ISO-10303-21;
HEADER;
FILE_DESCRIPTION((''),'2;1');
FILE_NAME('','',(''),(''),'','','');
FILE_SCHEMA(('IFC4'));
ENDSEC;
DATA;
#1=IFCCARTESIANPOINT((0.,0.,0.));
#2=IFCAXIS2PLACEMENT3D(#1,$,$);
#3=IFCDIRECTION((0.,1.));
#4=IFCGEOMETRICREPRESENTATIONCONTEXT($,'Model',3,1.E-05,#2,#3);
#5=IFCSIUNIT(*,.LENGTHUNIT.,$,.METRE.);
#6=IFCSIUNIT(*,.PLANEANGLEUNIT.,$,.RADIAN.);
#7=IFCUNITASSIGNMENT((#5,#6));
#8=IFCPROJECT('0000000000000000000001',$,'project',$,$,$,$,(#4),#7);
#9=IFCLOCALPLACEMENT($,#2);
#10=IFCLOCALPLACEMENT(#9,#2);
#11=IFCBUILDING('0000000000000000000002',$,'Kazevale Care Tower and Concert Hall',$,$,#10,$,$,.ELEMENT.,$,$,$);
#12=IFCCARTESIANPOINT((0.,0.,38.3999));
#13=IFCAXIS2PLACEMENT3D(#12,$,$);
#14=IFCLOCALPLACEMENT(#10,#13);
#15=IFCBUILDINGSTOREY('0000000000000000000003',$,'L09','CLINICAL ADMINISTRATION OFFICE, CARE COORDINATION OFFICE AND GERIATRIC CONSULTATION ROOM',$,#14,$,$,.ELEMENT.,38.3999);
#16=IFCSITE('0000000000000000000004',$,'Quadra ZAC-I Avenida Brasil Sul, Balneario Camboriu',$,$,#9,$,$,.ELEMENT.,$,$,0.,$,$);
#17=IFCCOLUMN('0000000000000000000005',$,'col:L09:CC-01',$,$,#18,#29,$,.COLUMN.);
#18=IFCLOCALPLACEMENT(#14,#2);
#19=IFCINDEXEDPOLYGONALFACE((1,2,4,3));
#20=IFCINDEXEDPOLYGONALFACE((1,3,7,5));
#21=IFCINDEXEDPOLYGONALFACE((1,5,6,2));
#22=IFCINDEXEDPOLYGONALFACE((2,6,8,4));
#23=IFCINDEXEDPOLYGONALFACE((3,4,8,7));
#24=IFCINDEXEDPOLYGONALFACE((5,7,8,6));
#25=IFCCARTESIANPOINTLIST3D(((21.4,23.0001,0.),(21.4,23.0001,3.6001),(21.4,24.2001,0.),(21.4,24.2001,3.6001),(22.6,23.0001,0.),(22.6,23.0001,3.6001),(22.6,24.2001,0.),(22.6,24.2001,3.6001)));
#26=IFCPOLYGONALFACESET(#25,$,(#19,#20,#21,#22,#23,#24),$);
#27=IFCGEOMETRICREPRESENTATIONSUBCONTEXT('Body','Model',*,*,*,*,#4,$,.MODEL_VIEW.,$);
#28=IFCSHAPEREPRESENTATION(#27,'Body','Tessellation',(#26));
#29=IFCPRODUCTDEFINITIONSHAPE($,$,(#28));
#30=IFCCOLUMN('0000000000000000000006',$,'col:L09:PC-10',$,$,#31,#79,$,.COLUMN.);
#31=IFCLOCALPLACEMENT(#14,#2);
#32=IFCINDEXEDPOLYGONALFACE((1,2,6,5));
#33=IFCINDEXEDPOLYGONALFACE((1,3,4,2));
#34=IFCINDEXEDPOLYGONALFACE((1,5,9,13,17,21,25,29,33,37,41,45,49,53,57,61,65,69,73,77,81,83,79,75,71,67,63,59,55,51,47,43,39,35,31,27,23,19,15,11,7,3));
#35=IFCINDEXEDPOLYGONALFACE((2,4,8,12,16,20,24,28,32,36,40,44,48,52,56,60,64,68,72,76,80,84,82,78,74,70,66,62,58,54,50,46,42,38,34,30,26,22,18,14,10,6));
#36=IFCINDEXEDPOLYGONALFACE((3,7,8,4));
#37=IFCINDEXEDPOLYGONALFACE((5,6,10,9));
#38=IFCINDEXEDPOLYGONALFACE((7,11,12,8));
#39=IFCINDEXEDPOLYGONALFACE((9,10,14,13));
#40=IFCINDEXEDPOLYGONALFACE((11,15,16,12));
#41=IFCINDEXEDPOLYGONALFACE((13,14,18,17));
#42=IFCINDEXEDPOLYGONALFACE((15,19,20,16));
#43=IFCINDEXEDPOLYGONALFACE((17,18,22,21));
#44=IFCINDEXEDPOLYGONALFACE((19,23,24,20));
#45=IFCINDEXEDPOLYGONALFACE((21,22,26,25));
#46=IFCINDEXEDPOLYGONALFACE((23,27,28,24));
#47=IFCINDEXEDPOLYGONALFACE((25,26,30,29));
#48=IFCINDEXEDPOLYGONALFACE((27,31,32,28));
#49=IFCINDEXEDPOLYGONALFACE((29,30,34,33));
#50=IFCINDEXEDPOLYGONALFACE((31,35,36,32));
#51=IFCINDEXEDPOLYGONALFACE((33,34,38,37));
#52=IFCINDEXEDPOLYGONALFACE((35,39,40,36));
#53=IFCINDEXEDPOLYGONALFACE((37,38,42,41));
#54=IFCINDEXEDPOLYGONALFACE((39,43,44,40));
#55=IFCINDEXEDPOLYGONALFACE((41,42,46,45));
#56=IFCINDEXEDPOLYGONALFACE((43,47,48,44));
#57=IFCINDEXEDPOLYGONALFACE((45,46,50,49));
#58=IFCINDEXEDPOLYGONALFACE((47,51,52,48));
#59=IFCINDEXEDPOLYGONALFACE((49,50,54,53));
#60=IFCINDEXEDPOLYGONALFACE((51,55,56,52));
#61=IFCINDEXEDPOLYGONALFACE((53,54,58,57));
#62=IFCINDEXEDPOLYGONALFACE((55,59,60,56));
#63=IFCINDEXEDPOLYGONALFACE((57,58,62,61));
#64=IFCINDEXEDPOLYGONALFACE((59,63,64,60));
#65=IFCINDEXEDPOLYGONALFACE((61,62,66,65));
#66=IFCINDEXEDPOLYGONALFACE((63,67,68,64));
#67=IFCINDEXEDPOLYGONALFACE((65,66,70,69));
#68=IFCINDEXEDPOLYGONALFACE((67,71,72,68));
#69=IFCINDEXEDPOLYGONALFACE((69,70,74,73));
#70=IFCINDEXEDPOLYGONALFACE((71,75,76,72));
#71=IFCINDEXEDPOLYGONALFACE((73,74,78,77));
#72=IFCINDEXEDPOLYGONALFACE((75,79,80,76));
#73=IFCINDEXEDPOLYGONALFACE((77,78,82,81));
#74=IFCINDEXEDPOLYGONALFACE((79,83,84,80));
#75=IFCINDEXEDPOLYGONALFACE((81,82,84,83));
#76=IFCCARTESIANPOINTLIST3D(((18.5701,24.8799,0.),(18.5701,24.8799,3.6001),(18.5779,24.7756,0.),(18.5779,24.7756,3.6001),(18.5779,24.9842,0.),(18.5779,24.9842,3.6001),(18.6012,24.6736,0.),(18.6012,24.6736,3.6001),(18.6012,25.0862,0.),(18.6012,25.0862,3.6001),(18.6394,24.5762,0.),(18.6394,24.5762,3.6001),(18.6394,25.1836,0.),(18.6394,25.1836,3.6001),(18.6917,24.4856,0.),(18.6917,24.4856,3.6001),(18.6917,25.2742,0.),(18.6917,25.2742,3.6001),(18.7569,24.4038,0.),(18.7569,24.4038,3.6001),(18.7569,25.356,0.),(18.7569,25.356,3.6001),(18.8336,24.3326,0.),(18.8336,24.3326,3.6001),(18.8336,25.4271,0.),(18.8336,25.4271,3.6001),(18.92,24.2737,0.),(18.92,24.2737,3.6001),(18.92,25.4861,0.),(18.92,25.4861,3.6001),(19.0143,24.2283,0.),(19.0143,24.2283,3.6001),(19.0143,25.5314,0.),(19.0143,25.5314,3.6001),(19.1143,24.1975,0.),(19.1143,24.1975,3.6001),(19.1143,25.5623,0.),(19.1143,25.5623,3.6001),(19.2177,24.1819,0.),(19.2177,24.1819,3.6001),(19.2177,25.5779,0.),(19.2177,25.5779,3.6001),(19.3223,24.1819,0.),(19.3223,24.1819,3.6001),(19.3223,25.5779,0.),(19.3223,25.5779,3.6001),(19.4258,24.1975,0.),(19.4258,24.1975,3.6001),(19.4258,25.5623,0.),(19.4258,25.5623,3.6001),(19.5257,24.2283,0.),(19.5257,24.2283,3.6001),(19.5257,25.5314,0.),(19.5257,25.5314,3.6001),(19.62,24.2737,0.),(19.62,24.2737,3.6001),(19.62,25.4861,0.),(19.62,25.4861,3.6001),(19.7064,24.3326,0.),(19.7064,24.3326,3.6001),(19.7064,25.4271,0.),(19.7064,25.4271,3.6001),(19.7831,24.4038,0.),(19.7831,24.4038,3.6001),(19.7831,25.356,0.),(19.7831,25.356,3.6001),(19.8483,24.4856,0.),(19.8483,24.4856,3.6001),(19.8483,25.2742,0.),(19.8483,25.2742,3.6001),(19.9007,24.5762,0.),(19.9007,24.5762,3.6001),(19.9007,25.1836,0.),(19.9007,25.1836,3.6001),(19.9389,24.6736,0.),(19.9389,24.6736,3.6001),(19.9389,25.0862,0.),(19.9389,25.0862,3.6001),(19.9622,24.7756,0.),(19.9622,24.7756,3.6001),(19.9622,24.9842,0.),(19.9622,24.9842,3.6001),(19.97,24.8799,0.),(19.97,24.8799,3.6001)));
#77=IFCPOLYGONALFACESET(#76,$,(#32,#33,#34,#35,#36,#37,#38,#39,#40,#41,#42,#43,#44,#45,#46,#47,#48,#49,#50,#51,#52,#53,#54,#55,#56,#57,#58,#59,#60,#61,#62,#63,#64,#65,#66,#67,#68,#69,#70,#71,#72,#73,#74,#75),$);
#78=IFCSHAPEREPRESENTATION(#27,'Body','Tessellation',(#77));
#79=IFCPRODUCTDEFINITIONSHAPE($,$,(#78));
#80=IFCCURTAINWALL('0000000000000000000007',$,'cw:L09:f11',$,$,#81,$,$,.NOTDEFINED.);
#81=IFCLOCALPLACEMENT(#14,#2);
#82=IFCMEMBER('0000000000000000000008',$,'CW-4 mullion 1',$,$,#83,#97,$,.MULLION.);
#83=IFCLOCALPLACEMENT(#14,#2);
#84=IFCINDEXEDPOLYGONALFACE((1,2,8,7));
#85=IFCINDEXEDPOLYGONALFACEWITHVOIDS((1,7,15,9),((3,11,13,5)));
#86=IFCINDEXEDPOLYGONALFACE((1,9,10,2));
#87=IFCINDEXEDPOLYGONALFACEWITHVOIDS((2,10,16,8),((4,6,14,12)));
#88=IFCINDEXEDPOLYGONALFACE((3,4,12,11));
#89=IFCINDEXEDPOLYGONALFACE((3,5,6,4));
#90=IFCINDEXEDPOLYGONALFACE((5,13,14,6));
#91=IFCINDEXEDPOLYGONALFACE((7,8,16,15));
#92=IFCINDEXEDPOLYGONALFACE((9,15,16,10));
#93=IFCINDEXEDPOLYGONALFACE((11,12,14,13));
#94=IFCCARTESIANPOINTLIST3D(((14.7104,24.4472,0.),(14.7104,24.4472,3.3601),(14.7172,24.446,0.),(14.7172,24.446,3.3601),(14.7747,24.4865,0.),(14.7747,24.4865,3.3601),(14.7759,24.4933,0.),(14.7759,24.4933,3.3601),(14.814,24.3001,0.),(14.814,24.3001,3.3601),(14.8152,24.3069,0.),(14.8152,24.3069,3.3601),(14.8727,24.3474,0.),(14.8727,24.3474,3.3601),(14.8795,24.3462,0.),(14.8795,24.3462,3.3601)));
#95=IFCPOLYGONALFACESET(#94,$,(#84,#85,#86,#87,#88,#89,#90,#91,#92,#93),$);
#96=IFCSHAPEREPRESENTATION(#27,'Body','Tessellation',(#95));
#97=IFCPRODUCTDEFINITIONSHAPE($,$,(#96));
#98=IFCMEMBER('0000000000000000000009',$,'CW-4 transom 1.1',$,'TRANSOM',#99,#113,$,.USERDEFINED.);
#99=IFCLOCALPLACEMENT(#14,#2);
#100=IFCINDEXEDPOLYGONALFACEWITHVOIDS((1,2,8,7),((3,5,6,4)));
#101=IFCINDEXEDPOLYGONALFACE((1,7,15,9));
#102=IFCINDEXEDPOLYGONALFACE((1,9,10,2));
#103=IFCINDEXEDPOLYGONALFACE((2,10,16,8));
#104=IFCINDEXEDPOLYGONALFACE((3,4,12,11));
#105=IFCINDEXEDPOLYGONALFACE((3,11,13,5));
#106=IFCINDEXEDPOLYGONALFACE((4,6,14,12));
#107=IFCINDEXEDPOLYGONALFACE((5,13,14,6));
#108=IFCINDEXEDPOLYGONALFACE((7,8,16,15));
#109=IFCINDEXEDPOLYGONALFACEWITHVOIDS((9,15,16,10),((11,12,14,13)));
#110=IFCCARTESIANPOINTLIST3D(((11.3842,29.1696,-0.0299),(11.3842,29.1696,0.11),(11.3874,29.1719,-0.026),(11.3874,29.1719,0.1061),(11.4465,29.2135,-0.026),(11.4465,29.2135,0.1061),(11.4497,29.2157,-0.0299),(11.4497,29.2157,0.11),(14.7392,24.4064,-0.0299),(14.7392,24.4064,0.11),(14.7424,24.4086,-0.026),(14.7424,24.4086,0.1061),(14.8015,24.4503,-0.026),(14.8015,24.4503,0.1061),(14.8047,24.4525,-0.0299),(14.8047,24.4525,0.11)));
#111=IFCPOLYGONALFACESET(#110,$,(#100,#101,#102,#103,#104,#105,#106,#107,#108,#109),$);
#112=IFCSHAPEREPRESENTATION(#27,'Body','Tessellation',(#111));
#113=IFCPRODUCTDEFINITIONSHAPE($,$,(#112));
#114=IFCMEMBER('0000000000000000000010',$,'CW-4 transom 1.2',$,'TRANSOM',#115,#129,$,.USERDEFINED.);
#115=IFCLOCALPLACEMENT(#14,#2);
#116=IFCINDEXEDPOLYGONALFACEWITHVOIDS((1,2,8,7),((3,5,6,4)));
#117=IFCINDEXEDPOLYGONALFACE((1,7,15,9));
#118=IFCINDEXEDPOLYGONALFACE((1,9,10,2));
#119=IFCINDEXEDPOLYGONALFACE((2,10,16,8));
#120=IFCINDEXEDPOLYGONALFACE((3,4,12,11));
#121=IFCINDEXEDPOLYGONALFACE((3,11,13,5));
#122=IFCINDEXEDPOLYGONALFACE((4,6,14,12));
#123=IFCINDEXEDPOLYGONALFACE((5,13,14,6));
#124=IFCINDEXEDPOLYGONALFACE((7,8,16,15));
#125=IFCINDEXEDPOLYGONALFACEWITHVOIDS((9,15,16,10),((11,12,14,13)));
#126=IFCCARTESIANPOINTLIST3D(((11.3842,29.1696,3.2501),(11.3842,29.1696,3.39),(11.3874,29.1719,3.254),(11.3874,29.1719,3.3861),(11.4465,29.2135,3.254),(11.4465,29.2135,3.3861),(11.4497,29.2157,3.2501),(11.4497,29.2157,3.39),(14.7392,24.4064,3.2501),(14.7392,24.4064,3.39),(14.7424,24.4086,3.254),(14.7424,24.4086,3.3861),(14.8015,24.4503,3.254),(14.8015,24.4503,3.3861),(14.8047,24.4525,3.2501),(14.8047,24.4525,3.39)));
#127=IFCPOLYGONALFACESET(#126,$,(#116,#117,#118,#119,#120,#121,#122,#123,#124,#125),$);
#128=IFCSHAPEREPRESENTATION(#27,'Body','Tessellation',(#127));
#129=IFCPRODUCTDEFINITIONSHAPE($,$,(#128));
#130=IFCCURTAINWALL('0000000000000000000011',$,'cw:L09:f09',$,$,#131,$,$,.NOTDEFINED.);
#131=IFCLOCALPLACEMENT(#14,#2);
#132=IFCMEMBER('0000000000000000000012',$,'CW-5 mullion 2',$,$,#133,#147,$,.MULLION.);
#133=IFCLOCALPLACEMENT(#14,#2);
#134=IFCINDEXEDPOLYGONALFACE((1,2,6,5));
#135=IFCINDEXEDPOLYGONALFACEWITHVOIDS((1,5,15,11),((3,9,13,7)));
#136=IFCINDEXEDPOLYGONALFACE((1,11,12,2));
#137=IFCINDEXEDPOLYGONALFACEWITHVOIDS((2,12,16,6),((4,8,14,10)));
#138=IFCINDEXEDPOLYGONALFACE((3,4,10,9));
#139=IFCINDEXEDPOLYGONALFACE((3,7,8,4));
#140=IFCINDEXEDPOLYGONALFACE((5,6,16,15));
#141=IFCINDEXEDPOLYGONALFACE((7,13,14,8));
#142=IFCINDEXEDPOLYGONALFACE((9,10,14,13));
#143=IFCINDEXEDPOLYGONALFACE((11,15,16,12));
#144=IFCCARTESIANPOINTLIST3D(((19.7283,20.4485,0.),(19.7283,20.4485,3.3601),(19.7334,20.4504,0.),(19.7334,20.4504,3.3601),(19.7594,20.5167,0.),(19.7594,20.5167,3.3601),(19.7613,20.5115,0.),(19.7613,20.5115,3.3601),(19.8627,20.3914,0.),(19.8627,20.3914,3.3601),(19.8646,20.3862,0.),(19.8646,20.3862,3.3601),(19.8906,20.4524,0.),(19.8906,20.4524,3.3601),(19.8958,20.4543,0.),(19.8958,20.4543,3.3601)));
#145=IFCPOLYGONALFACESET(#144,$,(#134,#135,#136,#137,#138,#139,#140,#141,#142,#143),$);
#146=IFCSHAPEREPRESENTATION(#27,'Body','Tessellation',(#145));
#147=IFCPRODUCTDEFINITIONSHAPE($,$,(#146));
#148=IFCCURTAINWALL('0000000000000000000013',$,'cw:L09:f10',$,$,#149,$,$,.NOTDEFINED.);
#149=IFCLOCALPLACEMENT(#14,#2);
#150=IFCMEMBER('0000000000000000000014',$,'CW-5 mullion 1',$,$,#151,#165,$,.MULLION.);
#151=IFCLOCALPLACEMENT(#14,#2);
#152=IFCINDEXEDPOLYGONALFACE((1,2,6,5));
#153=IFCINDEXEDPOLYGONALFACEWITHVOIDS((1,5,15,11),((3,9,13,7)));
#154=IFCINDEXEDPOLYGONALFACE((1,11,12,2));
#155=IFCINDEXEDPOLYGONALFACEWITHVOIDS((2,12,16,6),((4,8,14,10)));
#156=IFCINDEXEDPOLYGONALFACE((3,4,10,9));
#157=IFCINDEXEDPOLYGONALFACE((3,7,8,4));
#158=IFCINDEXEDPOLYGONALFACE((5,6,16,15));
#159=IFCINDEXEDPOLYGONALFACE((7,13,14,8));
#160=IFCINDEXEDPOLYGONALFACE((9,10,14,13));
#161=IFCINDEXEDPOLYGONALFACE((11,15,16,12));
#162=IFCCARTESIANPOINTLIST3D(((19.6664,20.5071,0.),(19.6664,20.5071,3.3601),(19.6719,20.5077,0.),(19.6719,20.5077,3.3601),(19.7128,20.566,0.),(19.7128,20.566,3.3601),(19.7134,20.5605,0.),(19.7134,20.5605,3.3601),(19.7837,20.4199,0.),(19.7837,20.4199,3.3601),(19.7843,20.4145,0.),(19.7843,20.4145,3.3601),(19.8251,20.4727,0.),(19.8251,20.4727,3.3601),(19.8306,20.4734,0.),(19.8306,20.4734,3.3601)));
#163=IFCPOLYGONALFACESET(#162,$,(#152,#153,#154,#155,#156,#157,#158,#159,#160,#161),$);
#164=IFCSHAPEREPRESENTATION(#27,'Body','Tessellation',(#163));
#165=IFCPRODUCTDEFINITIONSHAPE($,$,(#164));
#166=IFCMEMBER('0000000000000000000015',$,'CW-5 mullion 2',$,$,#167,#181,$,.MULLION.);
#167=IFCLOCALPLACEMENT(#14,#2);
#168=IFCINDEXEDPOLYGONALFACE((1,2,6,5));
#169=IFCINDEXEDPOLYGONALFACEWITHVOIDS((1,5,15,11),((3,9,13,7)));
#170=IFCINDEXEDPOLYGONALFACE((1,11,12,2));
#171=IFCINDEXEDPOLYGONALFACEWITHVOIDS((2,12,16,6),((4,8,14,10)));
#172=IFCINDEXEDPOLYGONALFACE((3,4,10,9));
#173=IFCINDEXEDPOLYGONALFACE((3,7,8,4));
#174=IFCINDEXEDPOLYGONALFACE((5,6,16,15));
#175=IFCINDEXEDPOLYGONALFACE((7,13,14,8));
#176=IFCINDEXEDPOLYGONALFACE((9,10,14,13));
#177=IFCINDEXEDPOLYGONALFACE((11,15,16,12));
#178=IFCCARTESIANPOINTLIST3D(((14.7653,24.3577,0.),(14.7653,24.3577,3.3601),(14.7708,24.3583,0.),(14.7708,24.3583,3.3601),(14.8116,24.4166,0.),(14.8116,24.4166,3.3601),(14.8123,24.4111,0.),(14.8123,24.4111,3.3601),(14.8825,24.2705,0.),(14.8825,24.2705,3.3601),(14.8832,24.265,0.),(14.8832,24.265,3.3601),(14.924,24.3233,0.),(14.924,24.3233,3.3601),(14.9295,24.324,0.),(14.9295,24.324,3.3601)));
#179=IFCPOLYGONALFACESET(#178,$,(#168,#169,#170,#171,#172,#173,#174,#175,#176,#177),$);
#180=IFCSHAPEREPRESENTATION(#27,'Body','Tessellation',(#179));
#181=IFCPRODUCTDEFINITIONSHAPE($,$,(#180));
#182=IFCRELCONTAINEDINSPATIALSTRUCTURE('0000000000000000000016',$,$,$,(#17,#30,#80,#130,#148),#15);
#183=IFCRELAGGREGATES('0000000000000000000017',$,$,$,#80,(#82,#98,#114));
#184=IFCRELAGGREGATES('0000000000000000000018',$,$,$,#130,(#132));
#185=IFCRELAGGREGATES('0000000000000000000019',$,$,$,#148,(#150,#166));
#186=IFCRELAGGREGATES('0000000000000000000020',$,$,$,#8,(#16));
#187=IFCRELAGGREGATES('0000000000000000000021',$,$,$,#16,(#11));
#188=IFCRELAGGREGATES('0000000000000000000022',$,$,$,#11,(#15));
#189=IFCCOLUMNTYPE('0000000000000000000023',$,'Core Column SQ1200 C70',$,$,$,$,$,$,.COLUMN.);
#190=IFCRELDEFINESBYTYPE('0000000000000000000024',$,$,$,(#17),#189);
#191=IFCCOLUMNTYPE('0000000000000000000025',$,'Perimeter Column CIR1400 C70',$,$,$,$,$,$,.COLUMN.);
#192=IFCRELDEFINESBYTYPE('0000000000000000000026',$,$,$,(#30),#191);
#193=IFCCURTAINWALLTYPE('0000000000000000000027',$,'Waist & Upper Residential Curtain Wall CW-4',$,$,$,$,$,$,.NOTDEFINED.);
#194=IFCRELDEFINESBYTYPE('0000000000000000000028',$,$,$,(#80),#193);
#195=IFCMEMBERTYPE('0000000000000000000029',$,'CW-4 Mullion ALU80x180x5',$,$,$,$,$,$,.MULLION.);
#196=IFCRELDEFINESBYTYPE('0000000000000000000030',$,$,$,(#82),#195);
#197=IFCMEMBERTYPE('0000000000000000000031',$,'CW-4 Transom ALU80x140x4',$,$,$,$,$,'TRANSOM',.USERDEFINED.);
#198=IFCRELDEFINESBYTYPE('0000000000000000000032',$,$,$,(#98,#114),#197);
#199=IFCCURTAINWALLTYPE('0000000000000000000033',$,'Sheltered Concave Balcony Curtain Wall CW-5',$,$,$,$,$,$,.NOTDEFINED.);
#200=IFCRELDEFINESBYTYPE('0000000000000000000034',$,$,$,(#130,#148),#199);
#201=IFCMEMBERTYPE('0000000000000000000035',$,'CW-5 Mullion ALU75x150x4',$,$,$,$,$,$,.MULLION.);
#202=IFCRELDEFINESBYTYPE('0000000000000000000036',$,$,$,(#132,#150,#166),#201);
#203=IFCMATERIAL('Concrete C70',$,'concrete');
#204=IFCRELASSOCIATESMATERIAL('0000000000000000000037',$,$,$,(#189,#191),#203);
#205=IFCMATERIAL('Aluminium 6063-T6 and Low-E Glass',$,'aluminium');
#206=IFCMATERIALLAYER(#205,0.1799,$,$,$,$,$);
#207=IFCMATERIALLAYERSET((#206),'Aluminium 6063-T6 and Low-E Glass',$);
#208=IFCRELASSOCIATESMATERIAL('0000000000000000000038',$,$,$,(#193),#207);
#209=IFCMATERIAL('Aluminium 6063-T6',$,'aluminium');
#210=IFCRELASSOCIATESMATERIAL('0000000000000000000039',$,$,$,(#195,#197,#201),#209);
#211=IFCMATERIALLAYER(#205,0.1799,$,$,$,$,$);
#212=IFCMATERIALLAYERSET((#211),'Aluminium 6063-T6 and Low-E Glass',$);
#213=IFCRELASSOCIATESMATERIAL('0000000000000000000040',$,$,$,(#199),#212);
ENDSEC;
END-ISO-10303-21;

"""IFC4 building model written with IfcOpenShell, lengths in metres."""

from ifc_helpers import new_model, si_unit, direction, frame, origin, origin_2d, place, context, subcontext, project, spatial, rectangle, hollow_rectangle, circle, extrude, material, layer, layer_set, material_profile, profile_set, type_object, element, aggregate, save


model = new_model("IFC4")

# Units and contexts
model_context = context("Model", 3, precision=1e-05, world=origin(), true_north=direction((0.0, 1.0)))
body_context = subcontext(model_context, "Body", "Model", "MODEL_VIEW")
ifc_project = project(units=[si_unit("LENGTHUNIT", "METRE"), si_unit("PLANEANGLEUNIT", "RADIAN")], contexts=[model_context])

# Site, building, storey
site_placement = place(None, origin())
site = spatial("IfcSite", under=ifc_project, at=site_placement, Name="Quadra ZAC-I Avenida Brasil Sul, Balneario Camboriu", CompositionType="ELEMENT", RefElevation=0.0)
building_placement = place(site_placement, origin())
building = spatial("IfcBuilding", under=site, at=building_placement, Name="Kazevale Care Tower and Concert Hall", CompositionType="ELEMENT")
storey_placement = place(building_placement, frame((0.0, 0.0, 38.3999)))
storey = spatial("IfcBuildingStorey", under=building, at=storey_placement, Name="L09", Description="CLINICAL ADMINISTRATION OFFICE, CARE COORDINATION OFFICE AND GERIATRIC CONSULTATION ROOM", CompositionType="ELEMENT", Elevation=38.3999)

# Columns
ifc_material_1 = material(Name="Concrete C70", Category="concrete")
ifc_material_profile_1 = material_profile(ifc_material_1, rectangle(XDim=1.2, YDim=1.2, at=origin_2d()), Name="RC-SQ1200")
ifc_profile_set_1 = profile_set([ifc_material_profile_1], Name="Concrete C70")
column_type_1 = type_object("IfcColumnType", Name="Core Column SQ1200 C70", PredefinedType="COLUMN", material=ifc_profile_set_1)
column_1_placement = place(storey_placement, frame((22.0, 23.6001, 0.0), z_axis=(0.0, 0.0, 1.0), x_axis=(1.0, 0.0, 0.0)))
element("IfcColumn", 1, at=column_1_placement, inside=storey, type_object=column_type_1, Name="col:L09:CC-01", PredefinedType="COLUMN", context=body_context, shape_type="SweptSolid", body=[
    extrude(rectangle(XDim=1.2, YDim=1.2, at=origin_2d()), origin(), (0.0, 0.0, 1.0), 3.6001),
])
ifc_material_profile_2 = material_profile(ifc_material_1, circle(Radius=0.7, at=origin_2d()), Name="RC-CIR1400")
ifc_profile_set_2 = profile_set([ifc_material_profile_2], Name="Concrete C70")
column_type_2 = type_object("IfcColumnType", Name="Perimeter Column CIR1400 C70", PredefinedType="COLUMN", material=ifc_profile_set_2)
column_2_placement = place(storey_placement, frame((19.27, 24.8799, 0.0), z_axis=(0.0, 0.0, 1.0), x_axis=(1.0, 0.0, 0.0)))
element("IfcColumn", 2, at=column_2_placement, inside=storey, type_object=column_type_2, Name="col:L09:PC-10", PredefinedType="COLUMN", context=body_context, shape_type="SweptSolid", body=[
    extrude(circle(Radius=0.7, at=origin_2d()), origin(), (0.0, 0.0, 1.0), 3.6001),
])

# Curtain wall, members
ifc_material_2 = material(Name="Aluminium 6063-T6 and Low-E Glass", Category="aluminium")
ifc_layer_1 = layer(ifc_material_2, 0.1799)
ifc_layer_set_1 = layer_set([ifc_layer_1], Name="Aluminium 6063-T6 and Low-E Glass")
curtain_wall_type_1 = type_object("IfcCurtainWallType", Name="Waist & Upper Residential Curtain Wall CW-4", PredefinedType="NOTDEFINED", material=ifc_layer_set_1)
curtain_wall_1_placement = place(storey_placement, origin())
curtain_wall_1 = element("IfcCurtainWall", 3, at=curtain_wall_1_placement, inside=storey, type_object=curtain_wall_type_1, Name="cw:L09:f11", PredefinedType="NOTDEFINED")
ifc_material_3 = material(Name="Aluminium 6063-T6", Category="aluminium")
ifc_material_profile_3 = material_profile(ifc_material_3, hollow_rectangle(XDim=0.0801, YDim=0.1799, WallThickness=0.0049, at=origin_2d()), Name="ALU80x180x5")
ifc_profile_set_3 = profile_set([ifc_material_profile_3], Name="Aluminium 6063-T6")
member_type_1 = type_object("IfcMemberType", Name="CW-4 Mullion ALU80x180x5", PredefinedType="MULLION", material=ifc_profile_set_3)
member_1_placement = place(storey_placement, frame((14.7949, 24.3967, 0.0), z_axis=(0.0, 0.0, 1.0), x_axis=(-0.817565, -0.575837, 0.0)))
member_1 = element("IfcMember", 4, at=member_1_placement, type_object=member_type_1, Name="CW-4 mullion 1", PredefinedType="MULLION", context=body_context, shape_type="SweptSolid", body=[
    extrude(hollow_rectangle(XDim=0.0801, YDim=0.1799, WallThickness=0.0049, at=origin_2d()), origin(), (0.0, 0.0, 1.0), 3.3601),
])
ifc_material_profile_4 = material_profile(ifc_material_3, hollow_rectangle(XDim=0.0801, YDim=0.1399, WallThickness=0.0039, at=origin_2d()), Name="ALU80x140x4")
ifc_profile_set_4 = profile_set([ifc_material_profile_4], Name="Aluminium 6063-T6")
member_type_2 = type_object("IfcMemberType", Name="CW-4 Transom ALU80x140x4", ElementType="TRANSOM", PredefinedType="USERDEFINED", material=ifc_profile_set_4)
member_2_placement = place(storey_placement, frame((14.772, 24.4294, 0.04), z_axis=(-0.57585, 0.817555, 0.0), x_axis=(-0.817555, -0.57585, 0.0)))
member_2 = element("IfcMember", 5, at=member_2_placement, type_object=member_type_2, Name="CW-4 transom 1.1", ObjectType="TRANSOM", PredefinedType="USERDEFINED", context=body_context, shape_type="SweptSolid", body=[
    extrude(hollow_rectangle(XDim=0.0801, YDim=0.1399, WallThickness=0.0039, at=origin_2d()), origin(), (0.0, 0.0, 1.0), 5.8262),
])
member_3_placement = place(storey_placement, frame((14.772, 24.4294, 3.3201), z_axis=(-0.57585, 0.817555, 0.0), x_axis=(-0.817555, -0.57585, 0.0)))
member_3 = element("IfcMember", 6, at=member_3_placement, type_object=member_type_2, Name="CW-4 transom 1.2", ObjectType="TRANSOM", PredefinedType="USERDEFINED", context=body_context, shape_type="SweptSolid", body=[
    extrude(hollow_rectangle(XDim=0.0801, YDim=0.1399, WallThickness=0.0039, at=origin_2d()), origin(), (0.0, 0.0, 1.0), 5.8262),
])

# Curtain wall, member
ifc_layer_2 = layer(ifc_material_2, 0.1799)
ifc_layer_set_2 = layer_set([ifc_layer_2], Name="Aluminium 6063-T6 and Low-E Glass")
curtain_wall_type_2 = type_object("IfcCurtainWallType", Name="Sheltered Concave Balcony Curtain Wall CW-5", PredefinedType="NOTDEFINED", material=ifc_layer_set_2)
curtain_wall_2_placement = place(storey_placement, origin())
curtain_wall_2 = element("IfcCurtainWall", 7, at=curtain_wall_2_placement, inside=storey, type_object=curtain_wall_type_2, Name="cw:L09:f09", PredefinedType="NOTDEFINED")
ifc_material_profile_5 = material_profile(ifc_material_3, hollow_rectangle(XDim=0.075, YDim=0.1499, WallThickness=0.0039, at=origin_2d()), Name="ALU75x150x4")
ifc_profile_set_5 = profile_set([ifc_material_profile_5], Name="Aluminium 6063-T6")
member_type_3 = type_object("IfcMemberType", Name="CW-5 Mullion ALU75x150x4", PredefinedType="MULLION", material=ifc_profile_set_5)
member_4_placement = place(storey_placement, frame((19.812, 20.4514, 0.0), z_axis=(0.0, 0.0, 1.0), x_axis=(-0.41566, -0.90952, 0.0)))
member_4 = element("IfcMember", 8, at=member_4_placement, type_object=member_type_3, Name="CW-5 mullion 2", PredefinedType="MULLION", context=body_context, shape_type="SweptSolid", body=[
    extrude(hollow_rectangle(XDim=0.075, YDim=0.1499, WallThickness=0.0039, at=origin_2d()), origin(), (0.0, 0.0, 1.0), 3.3601),
])

# Curtain wall, members
curtain_wall_3_placement = place(storey_placement, origin())
curtain_wall_3 = element("IfcCurtainWall", 9, at=curtain_wall_3_placement, inside=storey, type_object=curtain_wall_type_2, Name="cw:L09:f10", PredefinedType="NOTDEFINED")
member_5_placement = place(storey_placement, frame((19.7485, 20.4902, 0.0), z_axis=(0.0, 0.0, 1.0), x_axis=(-0.617808, -0.786329, 0.0)))
member_5 = element("IfcMember", 10, at=member_5_placement, type_object=member_type_3, Name="CW-5 mullion 1", PredefinedType="MULLION", context=body_context, shape_type="SweptSolid", body=[
    extrude(hollow_rectangle(XDim=0.075, YDim=0.1499, WallThickness=0.0039, at=origin_2d()), origin(), (0.0, 0.0, 1.0), 3.3601),
])
member_6_placement = place(storey_placement, frame((14.8474, 24.3408, 0.0), z_axis=(0.0, 0.0, 1.0), x_axis=(-0.617808, -0.786329, 0.0)))
member_6 = element("IfcMember", 11, at=member_6_placement, type_object=member_type_3, Name="CW-5 mullion 2", PredefinedType="MULLION", context=body_context, shape_type="SweptSolid", body=[
    extrude(hollow_rectangle(XDim=0.075, YDim=0.1499, WallThickness=0.0039, at=origin_2d()), origin(), (0.0, 0.0, 1.0), 3.3601),
])

aggregate(curtain_wall_1, [member_1, member_2, member_3])
aggregate(curtain_wall_2, [member_4])
aggregate(curtain_wall_3, [member_5, member_6])

save(model, "model.ifc")
